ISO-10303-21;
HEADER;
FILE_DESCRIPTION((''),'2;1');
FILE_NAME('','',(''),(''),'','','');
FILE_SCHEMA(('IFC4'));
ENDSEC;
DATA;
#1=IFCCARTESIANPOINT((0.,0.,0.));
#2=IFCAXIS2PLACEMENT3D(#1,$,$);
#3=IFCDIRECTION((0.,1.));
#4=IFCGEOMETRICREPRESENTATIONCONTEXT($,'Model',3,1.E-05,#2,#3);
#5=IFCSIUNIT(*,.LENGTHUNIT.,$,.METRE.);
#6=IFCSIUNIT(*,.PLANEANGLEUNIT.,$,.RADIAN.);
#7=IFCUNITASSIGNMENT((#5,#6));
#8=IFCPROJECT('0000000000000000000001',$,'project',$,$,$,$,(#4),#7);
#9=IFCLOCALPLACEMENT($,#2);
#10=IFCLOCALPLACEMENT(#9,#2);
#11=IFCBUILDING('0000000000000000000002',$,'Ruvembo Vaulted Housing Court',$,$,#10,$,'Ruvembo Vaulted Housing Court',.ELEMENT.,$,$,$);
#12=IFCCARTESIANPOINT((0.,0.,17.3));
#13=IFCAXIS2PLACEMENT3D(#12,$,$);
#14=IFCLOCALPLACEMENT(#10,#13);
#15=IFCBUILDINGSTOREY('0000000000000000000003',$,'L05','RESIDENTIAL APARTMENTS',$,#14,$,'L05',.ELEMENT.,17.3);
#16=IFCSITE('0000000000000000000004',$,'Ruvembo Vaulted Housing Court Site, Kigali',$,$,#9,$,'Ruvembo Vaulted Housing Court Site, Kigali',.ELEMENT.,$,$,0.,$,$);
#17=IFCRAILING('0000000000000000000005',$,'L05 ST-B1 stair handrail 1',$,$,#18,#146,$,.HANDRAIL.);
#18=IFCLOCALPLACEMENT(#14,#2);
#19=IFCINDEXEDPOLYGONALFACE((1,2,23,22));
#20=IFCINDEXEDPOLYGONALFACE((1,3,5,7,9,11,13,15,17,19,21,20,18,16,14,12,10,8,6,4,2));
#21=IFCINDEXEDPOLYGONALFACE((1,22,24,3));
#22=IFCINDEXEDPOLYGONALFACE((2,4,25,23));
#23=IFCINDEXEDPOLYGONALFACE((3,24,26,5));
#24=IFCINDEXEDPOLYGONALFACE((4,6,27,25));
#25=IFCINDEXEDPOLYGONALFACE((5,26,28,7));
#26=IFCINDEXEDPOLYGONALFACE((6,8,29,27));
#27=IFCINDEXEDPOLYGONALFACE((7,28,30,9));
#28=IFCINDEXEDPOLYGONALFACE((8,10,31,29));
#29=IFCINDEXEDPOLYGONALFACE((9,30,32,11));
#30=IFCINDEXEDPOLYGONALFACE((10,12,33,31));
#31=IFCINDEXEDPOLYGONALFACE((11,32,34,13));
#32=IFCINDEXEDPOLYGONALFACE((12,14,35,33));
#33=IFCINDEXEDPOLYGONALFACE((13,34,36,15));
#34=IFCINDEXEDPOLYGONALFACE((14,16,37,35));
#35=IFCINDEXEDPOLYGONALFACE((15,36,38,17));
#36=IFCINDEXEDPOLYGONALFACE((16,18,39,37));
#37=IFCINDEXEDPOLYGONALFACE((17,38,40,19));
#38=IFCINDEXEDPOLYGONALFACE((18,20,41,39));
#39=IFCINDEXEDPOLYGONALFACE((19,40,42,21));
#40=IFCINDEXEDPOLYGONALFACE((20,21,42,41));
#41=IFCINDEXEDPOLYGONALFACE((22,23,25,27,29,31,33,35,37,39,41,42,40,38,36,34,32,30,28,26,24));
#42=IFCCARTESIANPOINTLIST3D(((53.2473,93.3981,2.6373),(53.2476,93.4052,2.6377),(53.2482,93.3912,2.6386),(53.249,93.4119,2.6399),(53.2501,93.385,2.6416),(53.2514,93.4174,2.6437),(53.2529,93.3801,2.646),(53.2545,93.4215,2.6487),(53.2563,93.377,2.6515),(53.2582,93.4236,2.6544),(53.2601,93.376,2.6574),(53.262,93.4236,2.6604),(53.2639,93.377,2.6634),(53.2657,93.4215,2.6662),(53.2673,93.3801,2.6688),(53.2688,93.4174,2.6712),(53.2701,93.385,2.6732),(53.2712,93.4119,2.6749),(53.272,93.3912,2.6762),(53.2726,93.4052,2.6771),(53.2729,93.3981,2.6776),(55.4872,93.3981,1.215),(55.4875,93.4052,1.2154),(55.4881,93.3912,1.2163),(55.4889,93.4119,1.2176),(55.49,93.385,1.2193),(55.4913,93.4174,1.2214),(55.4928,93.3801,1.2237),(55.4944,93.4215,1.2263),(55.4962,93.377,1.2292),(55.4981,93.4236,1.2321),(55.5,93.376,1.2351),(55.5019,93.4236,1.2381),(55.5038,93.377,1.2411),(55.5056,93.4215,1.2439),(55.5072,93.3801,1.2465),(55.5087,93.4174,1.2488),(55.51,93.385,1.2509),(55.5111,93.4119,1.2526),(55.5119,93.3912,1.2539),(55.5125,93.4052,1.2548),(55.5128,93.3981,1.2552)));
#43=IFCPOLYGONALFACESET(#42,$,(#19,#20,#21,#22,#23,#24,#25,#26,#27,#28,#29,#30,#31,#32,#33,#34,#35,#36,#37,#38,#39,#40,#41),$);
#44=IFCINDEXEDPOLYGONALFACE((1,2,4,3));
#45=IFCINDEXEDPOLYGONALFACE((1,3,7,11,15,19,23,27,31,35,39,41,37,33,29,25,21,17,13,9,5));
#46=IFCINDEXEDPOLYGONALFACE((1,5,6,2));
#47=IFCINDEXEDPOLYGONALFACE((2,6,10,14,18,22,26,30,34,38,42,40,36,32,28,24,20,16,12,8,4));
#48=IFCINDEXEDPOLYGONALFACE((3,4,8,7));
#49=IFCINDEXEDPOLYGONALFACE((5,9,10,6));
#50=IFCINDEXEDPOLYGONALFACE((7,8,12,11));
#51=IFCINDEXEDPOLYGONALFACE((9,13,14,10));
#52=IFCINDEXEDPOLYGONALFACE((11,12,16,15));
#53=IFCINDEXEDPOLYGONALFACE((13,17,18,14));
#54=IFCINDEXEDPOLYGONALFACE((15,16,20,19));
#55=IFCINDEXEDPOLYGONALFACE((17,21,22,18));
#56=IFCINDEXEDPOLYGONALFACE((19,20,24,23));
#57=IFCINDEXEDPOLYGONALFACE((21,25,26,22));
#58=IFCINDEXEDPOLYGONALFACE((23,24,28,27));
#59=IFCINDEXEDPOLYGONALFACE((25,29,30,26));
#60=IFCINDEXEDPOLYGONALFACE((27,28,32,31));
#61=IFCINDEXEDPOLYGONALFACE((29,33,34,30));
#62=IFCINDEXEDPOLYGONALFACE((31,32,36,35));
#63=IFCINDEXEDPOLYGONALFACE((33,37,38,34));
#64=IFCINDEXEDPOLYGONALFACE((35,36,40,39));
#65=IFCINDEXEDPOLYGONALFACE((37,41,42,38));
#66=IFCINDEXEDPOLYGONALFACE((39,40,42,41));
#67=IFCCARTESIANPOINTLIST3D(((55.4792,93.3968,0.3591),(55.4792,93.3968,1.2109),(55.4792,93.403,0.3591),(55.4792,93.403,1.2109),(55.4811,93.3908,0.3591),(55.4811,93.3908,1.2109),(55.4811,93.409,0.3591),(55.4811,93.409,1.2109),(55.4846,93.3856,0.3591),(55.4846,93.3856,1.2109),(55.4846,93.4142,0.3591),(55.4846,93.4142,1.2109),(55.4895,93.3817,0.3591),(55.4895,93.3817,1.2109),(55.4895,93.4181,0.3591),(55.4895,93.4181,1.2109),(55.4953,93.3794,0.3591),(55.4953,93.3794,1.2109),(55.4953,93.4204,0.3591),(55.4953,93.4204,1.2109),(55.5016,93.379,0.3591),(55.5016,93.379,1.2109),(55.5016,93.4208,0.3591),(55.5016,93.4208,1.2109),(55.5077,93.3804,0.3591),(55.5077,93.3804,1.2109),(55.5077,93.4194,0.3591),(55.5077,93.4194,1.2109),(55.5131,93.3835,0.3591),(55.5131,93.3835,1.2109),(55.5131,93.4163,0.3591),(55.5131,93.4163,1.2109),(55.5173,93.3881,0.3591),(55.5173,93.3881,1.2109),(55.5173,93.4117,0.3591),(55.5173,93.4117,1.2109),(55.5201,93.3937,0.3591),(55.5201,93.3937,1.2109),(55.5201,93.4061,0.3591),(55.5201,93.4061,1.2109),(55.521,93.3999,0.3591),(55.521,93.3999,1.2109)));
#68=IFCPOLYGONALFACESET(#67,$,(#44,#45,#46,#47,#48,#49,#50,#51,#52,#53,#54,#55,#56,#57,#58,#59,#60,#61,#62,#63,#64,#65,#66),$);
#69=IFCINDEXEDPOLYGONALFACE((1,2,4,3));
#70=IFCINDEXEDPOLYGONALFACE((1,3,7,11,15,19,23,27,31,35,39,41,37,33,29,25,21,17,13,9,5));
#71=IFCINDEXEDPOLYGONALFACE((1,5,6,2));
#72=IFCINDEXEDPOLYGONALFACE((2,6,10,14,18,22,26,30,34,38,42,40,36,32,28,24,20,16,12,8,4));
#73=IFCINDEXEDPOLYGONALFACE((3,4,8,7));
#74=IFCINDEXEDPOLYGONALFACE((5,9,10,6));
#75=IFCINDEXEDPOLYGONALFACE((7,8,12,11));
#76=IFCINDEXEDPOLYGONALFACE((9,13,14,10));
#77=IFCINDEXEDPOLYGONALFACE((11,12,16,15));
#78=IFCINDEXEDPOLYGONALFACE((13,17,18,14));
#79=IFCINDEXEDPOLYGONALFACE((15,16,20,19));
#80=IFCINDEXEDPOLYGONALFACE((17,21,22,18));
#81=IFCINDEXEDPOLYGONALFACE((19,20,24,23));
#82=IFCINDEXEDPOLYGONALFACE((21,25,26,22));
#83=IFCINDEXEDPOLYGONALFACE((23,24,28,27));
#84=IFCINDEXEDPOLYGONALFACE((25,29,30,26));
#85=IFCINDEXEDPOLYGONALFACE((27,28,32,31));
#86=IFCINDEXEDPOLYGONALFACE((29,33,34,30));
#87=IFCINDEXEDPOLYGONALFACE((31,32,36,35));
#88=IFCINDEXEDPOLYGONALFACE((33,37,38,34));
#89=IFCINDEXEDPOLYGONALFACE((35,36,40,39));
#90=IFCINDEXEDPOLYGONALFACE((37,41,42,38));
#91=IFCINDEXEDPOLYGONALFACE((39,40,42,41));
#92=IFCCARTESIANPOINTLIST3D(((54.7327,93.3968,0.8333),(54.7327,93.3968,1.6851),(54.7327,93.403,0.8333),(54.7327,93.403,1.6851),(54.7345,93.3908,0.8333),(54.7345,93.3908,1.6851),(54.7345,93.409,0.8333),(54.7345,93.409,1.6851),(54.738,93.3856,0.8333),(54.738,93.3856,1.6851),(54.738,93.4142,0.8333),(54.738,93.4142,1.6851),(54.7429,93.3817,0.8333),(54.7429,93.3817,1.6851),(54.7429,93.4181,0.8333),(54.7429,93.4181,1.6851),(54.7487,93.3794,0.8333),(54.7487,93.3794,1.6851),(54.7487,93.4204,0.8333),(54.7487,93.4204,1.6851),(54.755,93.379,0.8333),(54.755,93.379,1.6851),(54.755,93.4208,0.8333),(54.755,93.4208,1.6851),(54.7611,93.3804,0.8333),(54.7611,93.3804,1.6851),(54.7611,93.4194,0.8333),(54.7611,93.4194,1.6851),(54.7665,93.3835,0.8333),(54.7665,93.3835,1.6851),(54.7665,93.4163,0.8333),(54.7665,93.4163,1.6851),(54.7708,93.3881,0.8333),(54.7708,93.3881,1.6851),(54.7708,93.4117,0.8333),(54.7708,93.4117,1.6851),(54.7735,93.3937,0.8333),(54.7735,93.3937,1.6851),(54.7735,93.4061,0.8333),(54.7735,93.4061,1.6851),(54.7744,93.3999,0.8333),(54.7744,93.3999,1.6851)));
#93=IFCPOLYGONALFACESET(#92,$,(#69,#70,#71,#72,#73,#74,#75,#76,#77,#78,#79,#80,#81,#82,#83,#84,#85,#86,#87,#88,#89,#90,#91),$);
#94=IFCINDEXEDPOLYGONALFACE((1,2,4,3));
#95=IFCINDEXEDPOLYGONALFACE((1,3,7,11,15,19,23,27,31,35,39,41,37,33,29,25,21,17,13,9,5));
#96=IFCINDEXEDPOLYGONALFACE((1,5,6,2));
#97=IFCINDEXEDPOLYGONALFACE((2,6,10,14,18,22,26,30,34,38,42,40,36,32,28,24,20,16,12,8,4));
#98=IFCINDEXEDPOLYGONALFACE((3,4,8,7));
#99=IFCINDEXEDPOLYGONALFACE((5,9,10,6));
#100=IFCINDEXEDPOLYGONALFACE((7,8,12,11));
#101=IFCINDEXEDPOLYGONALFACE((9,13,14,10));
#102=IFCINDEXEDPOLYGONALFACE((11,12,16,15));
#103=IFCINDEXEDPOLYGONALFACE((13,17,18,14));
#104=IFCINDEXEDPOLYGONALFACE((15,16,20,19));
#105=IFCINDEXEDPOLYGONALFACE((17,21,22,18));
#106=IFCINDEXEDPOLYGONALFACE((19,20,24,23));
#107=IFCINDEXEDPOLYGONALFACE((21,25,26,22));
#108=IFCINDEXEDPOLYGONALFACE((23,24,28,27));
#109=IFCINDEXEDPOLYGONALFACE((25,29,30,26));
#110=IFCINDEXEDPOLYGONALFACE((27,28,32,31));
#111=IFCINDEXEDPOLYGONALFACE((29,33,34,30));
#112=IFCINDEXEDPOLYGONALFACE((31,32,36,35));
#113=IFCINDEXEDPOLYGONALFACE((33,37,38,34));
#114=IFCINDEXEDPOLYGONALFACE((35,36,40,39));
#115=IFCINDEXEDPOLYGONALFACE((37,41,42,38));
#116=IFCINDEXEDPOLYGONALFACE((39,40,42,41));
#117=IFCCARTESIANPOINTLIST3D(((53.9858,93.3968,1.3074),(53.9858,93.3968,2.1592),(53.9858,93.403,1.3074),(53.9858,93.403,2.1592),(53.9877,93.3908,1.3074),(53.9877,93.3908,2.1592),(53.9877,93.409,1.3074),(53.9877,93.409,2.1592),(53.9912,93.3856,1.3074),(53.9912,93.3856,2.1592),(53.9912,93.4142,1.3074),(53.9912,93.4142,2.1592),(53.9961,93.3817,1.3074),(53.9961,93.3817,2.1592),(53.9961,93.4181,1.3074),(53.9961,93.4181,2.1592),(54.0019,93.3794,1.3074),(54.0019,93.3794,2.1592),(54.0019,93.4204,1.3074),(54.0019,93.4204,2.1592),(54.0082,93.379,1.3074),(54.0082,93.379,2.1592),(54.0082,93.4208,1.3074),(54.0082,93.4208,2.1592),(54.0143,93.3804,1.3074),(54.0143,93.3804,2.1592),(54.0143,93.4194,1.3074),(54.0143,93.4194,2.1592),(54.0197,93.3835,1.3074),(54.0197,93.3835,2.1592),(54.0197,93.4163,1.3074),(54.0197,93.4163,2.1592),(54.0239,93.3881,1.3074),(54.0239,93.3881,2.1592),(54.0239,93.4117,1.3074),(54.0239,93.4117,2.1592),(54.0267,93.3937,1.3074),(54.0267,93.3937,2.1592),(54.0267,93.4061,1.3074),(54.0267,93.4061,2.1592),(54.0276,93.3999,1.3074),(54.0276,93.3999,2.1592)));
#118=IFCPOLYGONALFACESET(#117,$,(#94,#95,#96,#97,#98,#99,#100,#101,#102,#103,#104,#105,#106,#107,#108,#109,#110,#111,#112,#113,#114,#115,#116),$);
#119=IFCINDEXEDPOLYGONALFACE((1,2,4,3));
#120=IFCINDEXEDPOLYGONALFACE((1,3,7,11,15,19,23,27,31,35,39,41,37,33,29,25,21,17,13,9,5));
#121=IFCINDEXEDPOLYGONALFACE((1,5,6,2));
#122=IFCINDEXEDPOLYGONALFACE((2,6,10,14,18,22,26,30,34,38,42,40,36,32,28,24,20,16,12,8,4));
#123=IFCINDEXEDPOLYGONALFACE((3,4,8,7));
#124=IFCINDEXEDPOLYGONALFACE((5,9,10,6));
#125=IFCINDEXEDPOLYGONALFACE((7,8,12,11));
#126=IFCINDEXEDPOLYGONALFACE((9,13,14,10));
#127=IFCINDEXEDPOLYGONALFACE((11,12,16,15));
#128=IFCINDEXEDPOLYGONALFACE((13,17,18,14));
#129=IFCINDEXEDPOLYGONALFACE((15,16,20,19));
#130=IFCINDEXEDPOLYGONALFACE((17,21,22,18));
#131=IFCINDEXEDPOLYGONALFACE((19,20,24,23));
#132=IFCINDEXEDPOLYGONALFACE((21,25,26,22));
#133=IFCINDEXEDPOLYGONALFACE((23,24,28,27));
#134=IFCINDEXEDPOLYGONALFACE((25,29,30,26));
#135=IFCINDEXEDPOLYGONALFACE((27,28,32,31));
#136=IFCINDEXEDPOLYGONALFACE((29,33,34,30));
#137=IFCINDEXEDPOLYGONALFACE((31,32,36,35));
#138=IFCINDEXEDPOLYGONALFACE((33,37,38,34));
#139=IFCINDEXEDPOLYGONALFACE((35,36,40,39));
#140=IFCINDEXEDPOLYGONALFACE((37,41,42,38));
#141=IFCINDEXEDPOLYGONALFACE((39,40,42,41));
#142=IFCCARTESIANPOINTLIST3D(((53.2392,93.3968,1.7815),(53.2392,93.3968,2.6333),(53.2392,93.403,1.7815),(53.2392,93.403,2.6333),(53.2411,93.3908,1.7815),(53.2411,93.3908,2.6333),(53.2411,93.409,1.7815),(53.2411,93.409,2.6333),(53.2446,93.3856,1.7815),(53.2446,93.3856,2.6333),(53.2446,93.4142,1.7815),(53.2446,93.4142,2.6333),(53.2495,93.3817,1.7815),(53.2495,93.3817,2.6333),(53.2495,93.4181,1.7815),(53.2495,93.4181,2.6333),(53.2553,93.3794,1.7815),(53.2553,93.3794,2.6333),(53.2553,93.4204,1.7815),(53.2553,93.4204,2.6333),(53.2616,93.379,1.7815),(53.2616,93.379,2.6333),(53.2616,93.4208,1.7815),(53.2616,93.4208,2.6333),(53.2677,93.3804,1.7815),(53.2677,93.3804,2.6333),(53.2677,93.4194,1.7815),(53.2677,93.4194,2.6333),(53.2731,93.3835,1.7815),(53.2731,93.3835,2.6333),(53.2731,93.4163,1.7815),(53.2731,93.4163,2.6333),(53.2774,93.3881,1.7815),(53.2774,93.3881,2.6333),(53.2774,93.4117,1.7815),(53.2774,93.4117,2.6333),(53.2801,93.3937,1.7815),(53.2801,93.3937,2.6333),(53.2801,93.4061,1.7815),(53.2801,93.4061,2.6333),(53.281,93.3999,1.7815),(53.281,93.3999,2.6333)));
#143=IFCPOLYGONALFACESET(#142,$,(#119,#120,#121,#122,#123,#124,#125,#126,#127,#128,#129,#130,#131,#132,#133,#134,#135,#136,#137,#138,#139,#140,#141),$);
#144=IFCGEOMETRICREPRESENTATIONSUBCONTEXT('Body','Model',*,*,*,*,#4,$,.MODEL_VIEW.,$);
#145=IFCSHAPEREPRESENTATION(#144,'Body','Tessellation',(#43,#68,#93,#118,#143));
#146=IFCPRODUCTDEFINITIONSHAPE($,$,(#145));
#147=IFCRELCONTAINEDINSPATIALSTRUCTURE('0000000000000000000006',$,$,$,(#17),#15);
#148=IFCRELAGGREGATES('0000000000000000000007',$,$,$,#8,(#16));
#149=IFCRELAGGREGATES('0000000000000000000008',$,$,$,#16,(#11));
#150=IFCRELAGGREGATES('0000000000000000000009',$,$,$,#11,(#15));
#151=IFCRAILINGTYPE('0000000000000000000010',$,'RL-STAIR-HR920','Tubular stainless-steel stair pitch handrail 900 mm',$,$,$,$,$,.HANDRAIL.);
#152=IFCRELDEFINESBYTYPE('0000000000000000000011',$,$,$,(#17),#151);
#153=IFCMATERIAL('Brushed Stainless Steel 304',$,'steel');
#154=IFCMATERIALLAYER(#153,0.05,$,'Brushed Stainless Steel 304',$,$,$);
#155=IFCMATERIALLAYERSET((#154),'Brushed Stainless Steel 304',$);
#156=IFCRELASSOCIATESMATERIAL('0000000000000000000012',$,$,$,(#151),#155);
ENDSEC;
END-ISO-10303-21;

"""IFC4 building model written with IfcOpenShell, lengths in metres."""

from ifc_helpers import new_model, si_unit, direction, frame, origin, origin_2d, place, context, subcontext, project, spatial, circle, extrude, material, layer, layer_set, type_object, element, save


model = new_model("IFC4")

# Units and contexts
model_context = context("Model", 3, precision=1e-05, world=origin(), true_north=direction((0.0, 1.0)))
body_context = subcontext(model_context, "Body", "Model", "MODEL_VIEW")
ifc_project = project(units=[si_unit("LENGTHUNIT", "METRE"), si_unit("PLANEANGLEUNIT", "RADIAN")], contexts=[model_context])

# Site, building, storey
site_placement = place(None, origin())
site = spatial("IfcSite", under=ifc_project, at=site_placement, Name="Ruvembo Vaulted Housing Court Site, Kigali", LongName="Ruvembo Vaulted Housing Court Site, Kigali", CompositionType="ELEMENT", RefElevation=0.0)
building_placement = place(site_placement, origin())
building = spatial("IfcBuilding", under=site, at=building_placement, Name="Ruvembo Vaulted Housing Court", LongName="Ruvembo Vaulted Housing Court", CompositionType="ELEMENT")
storey_placement = place(building_placement, frame((0.0, 0.0, 17.3)))
storey = spatial("IfcBuildingStorey", under=building, at=storey_placement, Name="L05", Description="RESIDENTIAL APARTMENTS", LongName="L05", CompositionType="ELEMENT", Elevation=17.3)

# Shared definitions
ifc_material_1 = material(Name="Brushed Stainless Steel 304", Category="steel")

# Railing
ifc_layer_1 = layer(ifc_material_1, 0.05, Name="Brushed Stainless Steel 304")
ifc_layer_set_1 = layer_set([ifc_layer_1], Name="Brushed Stainless Steel 304")
railing_type_1 = type_object("IfcRailingType", Name="RL-STAIR-HR920", Description="Tubular stainless-steel stair pitch handrail 900 mm", PredefinedType="HANDRAIL", material=ifc_layer_set_1)
railing_1_placement = place(storey_placement, frame((55.5, 93.3999, 0.3591)))
element("IfcRailing", 1, at=railing_1_placement, inside=storey, type_object=railing_type_1, Name="L05 ST-B1 stair handrail 1", PredefinedType="HANDRAIL", context=body_context, shape_type="SweptSolid", body=[
    extrude(circle(Radius=0.0239, at=origin_2d()), frame((0.0, 0.0, 0.876), z_axis=(-0.844188, 0.0, 0.536048), x_axis=(0.0, -1.0, 0.0)), (0.0, 0.0, 1.0), 2.6533),
    extrude(circle(Radius=0.021, at=origin_2d()), origin(), (0.0, 0.0, 1.0), 0.8518),
    extrude(circle(Radius=0.021, at=origin_2d()), frame((-0.7466, 0.0, 0.4741)), (0.0, 0.0, 1.0), 0.8518),
    extrude(circle(Radius=0.021, at=origin_2d()), frame((-1.4934, 0.0, 0.9482)), (0.0, 0.0, 1.0), 0.8518),
    extrude(circle(Radius=0.021, at=origin_2d()), frame((-2.24, 0.0, 1.4224)), (0.0, 0.0, 1.0), 0.8518),
])

save(model, "model.ifc")
